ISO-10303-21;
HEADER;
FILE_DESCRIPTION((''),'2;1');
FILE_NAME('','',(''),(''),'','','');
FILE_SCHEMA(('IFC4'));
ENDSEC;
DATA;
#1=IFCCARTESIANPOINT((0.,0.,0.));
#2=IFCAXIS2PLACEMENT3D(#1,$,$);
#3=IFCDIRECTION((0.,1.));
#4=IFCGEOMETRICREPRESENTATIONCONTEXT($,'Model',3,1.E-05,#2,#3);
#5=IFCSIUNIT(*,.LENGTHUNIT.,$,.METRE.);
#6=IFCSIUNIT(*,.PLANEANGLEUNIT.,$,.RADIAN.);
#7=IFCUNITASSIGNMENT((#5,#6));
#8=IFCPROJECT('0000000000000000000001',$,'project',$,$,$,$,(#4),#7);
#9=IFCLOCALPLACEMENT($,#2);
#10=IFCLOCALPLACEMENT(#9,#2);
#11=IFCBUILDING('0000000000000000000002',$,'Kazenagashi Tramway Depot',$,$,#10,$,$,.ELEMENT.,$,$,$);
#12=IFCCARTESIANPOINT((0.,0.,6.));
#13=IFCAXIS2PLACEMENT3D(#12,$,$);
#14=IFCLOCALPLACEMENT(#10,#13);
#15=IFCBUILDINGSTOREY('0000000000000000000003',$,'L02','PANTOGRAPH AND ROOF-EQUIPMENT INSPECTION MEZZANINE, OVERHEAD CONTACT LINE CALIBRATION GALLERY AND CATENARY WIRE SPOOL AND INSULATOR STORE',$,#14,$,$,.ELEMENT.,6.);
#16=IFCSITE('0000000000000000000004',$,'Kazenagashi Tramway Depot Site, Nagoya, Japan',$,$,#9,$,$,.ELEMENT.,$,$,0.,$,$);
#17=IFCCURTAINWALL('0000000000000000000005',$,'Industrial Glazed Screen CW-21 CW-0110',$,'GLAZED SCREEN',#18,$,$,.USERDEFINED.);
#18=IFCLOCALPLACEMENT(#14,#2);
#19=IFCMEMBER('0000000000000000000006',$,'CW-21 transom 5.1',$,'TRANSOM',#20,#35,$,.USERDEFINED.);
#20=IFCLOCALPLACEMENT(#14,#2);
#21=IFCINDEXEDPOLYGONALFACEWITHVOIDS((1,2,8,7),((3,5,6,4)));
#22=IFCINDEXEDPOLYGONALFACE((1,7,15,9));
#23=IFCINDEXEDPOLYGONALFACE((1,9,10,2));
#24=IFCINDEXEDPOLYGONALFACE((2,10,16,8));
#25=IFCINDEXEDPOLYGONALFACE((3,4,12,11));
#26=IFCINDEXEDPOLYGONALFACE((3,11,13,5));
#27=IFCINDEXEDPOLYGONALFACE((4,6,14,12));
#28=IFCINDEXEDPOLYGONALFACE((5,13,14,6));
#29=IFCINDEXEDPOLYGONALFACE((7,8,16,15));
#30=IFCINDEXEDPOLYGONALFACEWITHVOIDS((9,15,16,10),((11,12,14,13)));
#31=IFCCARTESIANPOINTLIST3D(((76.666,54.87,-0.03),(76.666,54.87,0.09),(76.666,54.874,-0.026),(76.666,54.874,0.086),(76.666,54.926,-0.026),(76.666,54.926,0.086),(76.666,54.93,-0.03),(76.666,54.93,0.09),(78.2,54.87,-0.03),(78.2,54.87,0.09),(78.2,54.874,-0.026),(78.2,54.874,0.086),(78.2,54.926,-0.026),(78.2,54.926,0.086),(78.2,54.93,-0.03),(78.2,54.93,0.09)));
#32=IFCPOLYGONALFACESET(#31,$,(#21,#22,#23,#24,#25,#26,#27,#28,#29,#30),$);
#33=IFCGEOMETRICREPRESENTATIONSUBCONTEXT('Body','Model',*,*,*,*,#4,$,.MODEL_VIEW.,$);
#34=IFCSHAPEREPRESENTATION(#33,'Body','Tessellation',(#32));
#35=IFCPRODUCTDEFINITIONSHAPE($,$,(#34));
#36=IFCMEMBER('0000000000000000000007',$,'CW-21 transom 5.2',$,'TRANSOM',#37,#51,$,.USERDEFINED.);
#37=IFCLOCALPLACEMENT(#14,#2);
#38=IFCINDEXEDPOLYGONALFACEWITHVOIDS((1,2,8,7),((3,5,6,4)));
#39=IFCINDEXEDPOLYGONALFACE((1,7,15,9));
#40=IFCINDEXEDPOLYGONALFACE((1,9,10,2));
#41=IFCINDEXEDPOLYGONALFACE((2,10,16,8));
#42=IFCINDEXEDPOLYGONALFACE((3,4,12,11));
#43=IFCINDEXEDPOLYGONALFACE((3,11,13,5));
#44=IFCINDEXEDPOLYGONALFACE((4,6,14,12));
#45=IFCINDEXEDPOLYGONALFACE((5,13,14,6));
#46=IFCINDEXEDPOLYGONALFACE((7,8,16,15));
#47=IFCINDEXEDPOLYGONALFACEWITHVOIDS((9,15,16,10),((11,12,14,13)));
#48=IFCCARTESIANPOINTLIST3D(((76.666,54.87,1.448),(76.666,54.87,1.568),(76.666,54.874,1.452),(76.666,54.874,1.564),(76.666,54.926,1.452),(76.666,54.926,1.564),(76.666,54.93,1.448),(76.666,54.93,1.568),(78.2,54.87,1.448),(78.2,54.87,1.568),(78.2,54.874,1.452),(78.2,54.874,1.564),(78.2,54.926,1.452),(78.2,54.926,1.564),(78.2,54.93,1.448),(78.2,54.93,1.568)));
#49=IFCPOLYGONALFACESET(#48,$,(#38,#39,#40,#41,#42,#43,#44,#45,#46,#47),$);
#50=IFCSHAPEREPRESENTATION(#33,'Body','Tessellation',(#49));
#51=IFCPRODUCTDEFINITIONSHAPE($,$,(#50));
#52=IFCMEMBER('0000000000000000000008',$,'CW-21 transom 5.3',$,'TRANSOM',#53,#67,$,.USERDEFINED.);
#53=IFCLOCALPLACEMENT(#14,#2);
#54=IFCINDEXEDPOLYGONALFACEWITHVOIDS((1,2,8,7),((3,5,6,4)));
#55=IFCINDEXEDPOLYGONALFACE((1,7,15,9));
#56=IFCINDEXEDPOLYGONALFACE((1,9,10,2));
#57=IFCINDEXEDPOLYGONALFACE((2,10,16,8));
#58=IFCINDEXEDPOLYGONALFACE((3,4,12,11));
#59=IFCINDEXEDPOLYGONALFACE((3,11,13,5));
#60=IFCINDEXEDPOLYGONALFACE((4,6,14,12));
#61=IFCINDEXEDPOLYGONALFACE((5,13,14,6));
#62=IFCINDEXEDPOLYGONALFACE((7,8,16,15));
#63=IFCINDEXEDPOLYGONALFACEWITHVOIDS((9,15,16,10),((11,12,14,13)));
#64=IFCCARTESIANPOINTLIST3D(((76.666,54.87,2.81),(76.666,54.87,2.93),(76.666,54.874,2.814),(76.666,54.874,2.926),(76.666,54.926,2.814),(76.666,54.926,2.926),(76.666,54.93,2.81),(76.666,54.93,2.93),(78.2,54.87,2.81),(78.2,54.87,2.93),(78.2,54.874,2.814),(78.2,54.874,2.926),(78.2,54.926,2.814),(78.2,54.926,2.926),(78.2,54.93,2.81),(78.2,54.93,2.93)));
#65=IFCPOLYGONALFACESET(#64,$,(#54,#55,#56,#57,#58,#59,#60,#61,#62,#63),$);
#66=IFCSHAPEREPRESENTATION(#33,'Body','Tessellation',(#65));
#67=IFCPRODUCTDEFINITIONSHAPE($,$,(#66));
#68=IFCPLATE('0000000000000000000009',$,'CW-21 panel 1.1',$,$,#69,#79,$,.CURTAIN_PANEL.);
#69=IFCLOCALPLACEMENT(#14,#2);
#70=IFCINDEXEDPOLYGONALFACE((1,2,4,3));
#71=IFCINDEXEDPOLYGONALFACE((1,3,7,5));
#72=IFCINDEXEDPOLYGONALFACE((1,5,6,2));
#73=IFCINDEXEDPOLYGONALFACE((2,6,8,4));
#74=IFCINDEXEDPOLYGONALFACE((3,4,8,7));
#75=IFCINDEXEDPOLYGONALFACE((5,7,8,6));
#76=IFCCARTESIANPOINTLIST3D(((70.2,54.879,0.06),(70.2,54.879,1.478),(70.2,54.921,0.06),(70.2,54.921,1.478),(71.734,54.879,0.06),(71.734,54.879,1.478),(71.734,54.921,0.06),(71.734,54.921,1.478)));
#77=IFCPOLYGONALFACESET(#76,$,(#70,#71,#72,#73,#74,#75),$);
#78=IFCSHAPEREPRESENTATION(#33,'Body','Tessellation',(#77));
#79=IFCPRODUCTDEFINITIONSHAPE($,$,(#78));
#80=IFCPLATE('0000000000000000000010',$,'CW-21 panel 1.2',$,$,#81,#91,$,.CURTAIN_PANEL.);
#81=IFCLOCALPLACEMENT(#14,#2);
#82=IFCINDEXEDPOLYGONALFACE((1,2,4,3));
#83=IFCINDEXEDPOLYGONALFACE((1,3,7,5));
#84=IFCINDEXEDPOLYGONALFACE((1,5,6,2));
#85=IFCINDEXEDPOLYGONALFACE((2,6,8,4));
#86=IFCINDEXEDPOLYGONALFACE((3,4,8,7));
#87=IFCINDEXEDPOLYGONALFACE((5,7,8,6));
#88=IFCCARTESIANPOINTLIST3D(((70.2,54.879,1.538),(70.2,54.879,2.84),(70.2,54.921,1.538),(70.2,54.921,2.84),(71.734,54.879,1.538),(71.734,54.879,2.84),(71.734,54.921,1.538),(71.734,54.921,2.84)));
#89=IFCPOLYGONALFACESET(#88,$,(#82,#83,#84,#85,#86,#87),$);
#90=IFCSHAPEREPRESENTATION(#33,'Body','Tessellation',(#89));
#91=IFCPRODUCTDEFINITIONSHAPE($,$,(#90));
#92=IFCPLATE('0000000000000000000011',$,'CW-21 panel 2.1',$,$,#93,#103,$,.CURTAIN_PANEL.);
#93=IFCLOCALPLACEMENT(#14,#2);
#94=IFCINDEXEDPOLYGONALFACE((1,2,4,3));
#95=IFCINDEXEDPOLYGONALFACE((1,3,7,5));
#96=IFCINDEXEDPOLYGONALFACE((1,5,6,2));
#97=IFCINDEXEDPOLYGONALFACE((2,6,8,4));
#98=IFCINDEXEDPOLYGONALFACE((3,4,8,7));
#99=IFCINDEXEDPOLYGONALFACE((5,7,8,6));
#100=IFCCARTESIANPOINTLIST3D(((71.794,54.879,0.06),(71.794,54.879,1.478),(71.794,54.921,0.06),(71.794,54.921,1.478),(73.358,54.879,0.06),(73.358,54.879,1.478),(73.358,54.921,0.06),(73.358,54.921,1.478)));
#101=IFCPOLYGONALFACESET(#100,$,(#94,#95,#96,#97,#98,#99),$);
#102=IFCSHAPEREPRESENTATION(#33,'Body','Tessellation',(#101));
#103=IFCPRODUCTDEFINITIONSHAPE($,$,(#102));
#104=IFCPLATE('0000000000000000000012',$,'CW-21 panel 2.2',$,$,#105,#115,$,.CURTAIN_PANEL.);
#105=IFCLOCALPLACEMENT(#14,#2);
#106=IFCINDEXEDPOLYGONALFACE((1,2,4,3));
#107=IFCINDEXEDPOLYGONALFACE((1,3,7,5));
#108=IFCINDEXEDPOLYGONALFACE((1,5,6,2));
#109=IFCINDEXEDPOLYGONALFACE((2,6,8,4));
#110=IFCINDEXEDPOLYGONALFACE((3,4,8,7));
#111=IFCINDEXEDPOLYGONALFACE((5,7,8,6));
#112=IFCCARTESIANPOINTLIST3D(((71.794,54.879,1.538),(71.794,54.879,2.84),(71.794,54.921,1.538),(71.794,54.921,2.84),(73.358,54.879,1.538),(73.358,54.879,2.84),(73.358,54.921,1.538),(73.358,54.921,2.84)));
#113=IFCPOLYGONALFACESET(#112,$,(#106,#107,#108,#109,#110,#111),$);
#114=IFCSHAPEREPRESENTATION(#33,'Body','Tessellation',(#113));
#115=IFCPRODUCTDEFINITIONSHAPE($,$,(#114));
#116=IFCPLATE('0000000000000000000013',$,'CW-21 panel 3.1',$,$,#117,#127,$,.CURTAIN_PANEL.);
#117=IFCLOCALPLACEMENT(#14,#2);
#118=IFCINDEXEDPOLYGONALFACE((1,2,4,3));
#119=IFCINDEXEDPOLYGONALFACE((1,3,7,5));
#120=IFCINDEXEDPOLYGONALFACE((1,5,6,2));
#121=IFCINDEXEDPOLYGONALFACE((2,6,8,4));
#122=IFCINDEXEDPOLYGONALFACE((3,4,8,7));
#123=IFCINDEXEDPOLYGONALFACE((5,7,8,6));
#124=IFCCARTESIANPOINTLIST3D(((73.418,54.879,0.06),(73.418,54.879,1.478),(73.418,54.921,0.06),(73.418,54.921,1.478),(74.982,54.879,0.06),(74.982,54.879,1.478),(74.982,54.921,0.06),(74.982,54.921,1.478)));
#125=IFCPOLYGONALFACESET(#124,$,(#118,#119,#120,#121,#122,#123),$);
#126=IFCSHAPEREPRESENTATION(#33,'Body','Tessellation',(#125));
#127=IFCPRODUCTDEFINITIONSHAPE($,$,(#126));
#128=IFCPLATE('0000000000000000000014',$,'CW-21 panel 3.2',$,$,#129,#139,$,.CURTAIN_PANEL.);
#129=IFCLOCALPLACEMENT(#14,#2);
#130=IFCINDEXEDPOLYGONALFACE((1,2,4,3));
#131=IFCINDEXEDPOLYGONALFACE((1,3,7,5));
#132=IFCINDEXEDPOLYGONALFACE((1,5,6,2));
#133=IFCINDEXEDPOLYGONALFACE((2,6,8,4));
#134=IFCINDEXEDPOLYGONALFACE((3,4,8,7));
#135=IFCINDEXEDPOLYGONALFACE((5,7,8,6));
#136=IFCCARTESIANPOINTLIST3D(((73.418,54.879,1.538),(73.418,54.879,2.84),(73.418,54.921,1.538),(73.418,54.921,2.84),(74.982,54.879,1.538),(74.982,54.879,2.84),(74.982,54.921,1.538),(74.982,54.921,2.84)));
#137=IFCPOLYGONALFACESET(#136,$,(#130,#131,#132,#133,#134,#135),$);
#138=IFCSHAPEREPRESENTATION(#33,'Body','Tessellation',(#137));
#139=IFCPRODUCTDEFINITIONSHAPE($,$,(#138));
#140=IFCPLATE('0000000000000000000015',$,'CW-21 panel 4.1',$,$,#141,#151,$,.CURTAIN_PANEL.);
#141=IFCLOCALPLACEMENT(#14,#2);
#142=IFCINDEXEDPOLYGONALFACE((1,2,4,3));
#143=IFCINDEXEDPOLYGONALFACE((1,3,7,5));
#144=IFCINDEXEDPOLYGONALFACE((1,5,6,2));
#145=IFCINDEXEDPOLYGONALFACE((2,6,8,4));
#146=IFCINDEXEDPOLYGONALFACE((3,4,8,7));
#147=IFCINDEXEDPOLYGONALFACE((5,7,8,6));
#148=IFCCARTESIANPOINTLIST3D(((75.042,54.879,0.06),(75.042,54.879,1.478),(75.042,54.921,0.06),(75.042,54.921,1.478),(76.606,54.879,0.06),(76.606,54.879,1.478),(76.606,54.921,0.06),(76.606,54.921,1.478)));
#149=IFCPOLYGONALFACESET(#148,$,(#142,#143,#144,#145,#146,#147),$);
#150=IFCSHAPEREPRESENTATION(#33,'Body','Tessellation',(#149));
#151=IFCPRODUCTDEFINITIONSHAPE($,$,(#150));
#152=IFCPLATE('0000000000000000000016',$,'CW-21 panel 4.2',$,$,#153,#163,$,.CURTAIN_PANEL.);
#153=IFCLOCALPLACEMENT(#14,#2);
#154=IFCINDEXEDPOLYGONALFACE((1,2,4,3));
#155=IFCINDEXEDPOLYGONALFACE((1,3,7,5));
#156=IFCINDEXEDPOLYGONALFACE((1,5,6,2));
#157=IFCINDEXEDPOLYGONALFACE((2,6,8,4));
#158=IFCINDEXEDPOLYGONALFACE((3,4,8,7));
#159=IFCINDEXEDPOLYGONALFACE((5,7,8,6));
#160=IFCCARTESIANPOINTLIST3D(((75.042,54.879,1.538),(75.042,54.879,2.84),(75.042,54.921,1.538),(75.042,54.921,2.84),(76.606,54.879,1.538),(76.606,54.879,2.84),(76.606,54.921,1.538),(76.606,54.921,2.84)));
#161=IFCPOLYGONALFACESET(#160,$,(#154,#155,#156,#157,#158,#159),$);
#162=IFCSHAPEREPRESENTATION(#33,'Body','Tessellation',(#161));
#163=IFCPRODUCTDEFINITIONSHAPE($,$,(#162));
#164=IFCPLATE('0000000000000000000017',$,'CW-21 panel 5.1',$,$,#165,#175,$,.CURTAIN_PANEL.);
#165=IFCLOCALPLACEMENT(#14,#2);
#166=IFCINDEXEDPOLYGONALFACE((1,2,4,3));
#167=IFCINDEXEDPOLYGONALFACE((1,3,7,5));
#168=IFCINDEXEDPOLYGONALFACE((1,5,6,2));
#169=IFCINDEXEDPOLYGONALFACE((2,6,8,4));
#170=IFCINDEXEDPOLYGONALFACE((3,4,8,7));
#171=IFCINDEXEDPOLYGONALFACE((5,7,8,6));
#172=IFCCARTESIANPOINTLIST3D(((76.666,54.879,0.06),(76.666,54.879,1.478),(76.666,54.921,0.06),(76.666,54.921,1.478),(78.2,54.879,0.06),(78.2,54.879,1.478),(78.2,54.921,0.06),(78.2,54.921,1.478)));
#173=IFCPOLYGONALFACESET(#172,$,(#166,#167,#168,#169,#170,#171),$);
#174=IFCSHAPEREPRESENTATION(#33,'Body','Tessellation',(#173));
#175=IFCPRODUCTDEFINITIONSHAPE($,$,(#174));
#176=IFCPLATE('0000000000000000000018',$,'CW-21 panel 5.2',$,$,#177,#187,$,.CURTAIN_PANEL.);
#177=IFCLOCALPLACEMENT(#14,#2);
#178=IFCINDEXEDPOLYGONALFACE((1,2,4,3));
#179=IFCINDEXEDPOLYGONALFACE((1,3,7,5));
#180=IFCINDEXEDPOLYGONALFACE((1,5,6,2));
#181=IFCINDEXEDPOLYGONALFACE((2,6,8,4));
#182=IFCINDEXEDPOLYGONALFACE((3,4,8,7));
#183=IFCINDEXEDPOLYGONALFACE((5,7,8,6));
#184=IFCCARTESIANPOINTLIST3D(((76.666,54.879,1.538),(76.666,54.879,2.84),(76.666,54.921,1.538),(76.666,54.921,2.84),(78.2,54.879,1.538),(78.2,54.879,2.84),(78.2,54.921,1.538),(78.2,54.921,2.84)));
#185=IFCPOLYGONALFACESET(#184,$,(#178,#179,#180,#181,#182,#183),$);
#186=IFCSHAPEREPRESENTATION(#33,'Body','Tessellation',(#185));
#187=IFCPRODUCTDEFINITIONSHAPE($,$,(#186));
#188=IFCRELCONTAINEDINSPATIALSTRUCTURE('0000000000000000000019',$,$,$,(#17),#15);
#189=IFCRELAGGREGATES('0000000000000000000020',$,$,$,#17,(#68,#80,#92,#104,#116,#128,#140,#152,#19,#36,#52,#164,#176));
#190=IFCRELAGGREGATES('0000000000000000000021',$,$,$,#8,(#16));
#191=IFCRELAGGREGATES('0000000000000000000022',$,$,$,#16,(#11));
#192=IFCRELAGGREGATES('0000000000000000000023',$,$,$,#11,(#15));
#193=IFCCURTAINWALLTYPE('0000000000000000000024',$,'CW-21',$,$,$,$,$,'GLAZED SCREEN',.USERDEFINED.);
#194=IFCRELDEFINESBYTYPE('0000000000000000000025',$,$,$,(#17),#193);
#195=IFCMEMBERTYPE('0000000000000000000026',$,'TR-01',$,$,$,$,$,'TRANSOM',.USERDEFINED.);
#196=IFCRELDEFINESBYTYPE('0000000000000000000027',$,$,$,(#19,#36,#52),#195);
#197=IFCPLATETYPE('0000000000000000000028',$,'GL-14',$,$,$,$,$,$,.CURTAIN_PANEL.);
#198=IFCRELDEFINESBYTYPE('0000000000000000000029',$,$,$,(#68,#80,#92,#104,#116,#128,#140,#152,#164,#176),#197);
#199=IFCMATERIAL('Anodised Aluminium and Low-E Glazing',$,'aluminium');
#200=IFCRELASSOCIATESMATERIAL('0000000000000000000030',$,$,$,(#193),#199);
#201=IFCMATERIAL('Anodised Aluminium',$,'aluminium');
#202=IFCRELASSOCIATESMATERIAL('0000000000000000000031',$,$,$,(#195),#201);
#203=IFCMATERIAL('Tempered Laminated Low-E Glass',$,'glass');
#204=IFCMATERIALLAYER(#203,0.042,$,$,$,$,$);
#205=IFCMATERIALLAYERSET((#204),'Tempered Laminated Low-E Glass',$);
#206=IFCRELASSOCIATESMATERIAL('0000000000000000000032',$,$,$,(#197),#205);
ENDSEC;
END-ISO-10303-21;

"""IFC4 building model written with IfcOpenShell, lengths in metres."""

from ifc_helpers import new_model, si_unit, direction, frame, origin, origin_2d, place, context, subcontext, project, spatial, rectangle, hollow_rectangle, extrude, material, layer, layer_set, material_profile, profile_set, type_object, element, aggregate, save


model = new_model("IFC4")

# Units and contexts
model_context = context("Model", 3, precision=1e-05, world=origin(), true_north=direction((0.0, 1.0)))
body_context = subcontext(model_context, "Body", "Model", "MODEL_VIEW")
ifc_project = project(units=[si_unit("LENGTHUNIT", "METRE"), si_unit("PLANEANGLEUNIT", "RADIAN")], contexts=[model_context])

# Site, building, storey
site_placement = place(None, origin())
site = spatial("IfcSite", under=ifc_project, at=site_placement, Name="Kazenagashi Tramway Depot Site, Nagoya, Japan", CompositionType="ELEMENT", RefElevation=0.0)
building_placement = place(site_placement, origin())
building = spatial("IfcBuilding", under=site, at=building_placement, Name="Kazenagashi Tramway Depot", CompositionType="ELEMENT")
storey_placement = place(building_placement, frame((0.0, 0.0, 6.0)))
storey = spatial("IfcBuildingStorey", under=building, at=storey_placement, Name="L02", Description="PANTOGRAPH AND ROOF-EQUIPMENT INSPECTION MEZZANINE, OVERHEAD CONTACT LINE CALIBRATION GALLERY AND CATENARY WIRE SPOOL AND INSULATOR STORE", CompositionType="ELEMENT", Elevation=6.0)

# Curtain wall, members, plates
ifc_material_1 = material(Name="Anodised Aluminium and Low-E Glazing", Category="aluminium")
curtain_wall_type = type_object("IfcCurtainWallType", Name="CW-21", ElementType="GLAZED SCREEN", PredefinedType="USERDEFINED", material=ifc_material_1)
curtain_wall_placement = place(storey_placement, origin())
curtain_wall = element("IfcCurtainWall", 1, at=curtain_wall_placement, inside=storey, type_object=curtain_wall_type, Name="Industrial Glazed Screen CW-21 CW-0110", ObjectType="GLAZED SCREEN", PredefinedType="USERDEFINED")
ifc_material_2 = material(Name="Anodised Aluminium", Category="aluminium")
ifc_material_profile_1 = material_profile(ifc_material_2, hollow_rectangle(XDim=0.06, YDim=0.12, WallThickness=0.004, at=origin_2d()), Name="RHS-120x60x4")
ifc_profile_set_1 = profile_set([ifc_material_profile_1], Name="Anodised Aluminium")
member_type_1 = type_object("IfcMemberType", Name="TR-01", ElementType="TRANSOM", PredefinedType="USERDEFINED", material=ifc_profile_set_1)
member_1_placement = place(storey_placement, frame((76.666, 54.9, 0.03), z_axis=(1.0, 0.0, 0.0), x_axis=(0.0, 1.0, 0.0)))
member_1 = element("IfcMember", 2, at=member_1_placement, type_object=member_type_1, Name="CW-21 transom 5.1", ObjectType="TRANSOM", PredefinedType="USERDEFINED", context=body_context, shape_type="SweptSolid", body=[
    extrude(hollow_rectangle(XDim=0.06, YDim=0.12, WallThickness=0.004, at=origin_2d()), origin(), (0.0, 0.0, 1.0), 1.534),
])
member_2_placement = place(storey_placement, frame((76.666, 54.9, 1.508), z_axis=(1.0, 0.0, 0.0), x_axis=(0.0, 1.0, 0.0)))
member_2 = element("IfcMember", 3, at=member_2_placement, type_object=member_type_1, Name="CW-21 transom 5.2", ObjectType="TRANSOM", PredefinedType="USERDEFINED", context=body_context, shape_type="SweptSolid", body=[
    extrude(hollow_rectangle(XDim=0.06, YDim=0.12, WallThickness=0.004, at=origin_2d()), origin(), (0.0, 0.0, 1.0), 1.534),
])
member_3_placement = place(storey_placement, frame((76.666, 54.9, 2.87), z_axis=(1.0, 0.0, 0.0), x_axis=(0.0, 1.0, 0.0)))
member_3 = element("IfcMember", 4, at=member_3_placement, type_object=member_type_1, Name="CW-21 transom 5.3", ObjectType="TRANSOM", PredefinedType="USERDEFINED", context=body_context, shape_type="SweptSolid", body=[
    extrude(hollow_rectangle(XDim=0.06, YDim=0.12, WallThickness=0.004, at=origin_2d()), origin(), (0.0, 0.0, 1.0), 1.534),
])
ifc_material_3 = material(Name="Tempered Laminated Low-E Glass", Category="glass")
ifc_layer_1 = layer(ifc_material_3, 0.042)
ifc_layer_set_1 = layer_set([ifc_layer_1], Name="Tempered Laminated Low-E Glass")
plate_type = type_object("IfcPlateType", Name="GL-14", PredefinedType="CURTAIN_PANEL", material=ifc_layer_set_1)
plate_1_placement = place(storey_placement, frame((70.967, 54.9, 0.06), z_axis=(0.0, 0.0, 1.0), x_axis=(1.0, 0.0, 0.0)))
plate_1 = element("IfcPlate", 5, at=plate_1_placement, type_object=plate_type, Name="CW-21 panel 1.1", PredefinedType="CURTAIN_PANEL", context=body_context, shape_type="SweptSolid", body=[
    extrude(rectangle(XDim=1.534, YDim=0.042, at=origin_2d()), origin(), (0.0, 0.0, 1.0), 1.418),
])
plate_2_placement = place(storey_placement, frame((70.967, 54.9, 1.538), z_axis=(0.0, 0.0, 1.0), x_axis=(1.0, 0.0, 0.0)))
plate_2 = element("IfcPlate", 6, at=plate_2_placement, type_object=plate_type, Name="CW-21 panel 1.2", PredefinedType="CURTAIN_PANEL", context=body_context, shape_type="SweptSolid", body=[
    extrude(rectangle(XDim=1.534, YDim=0.042, at=origin_2d()), origin(), (0.0, 0.0, 1.0), 1.302),
])
plate_3_placement = place(storey_placement, frame((72.576, 54.9, 0.06), z_axis=(0.0, 0.0, 1.0), x_axis=(1.0, 0.0, 0.0)))
plate_3 = element("IfcPlate", 7, at=plate_3_placement, type_object=plate_type, Name="CW-21 panel 2.1", PredefinedType="CURTAIN_PANEL", context=body_context, shape_type="SweptSolid", body=[
    extrude(rectangle(XDim=1.564, YDim=0.042, at=origin_2d()), origin(), (0.0, 0.0, 1.0), 1.418),
])
plate_4_placement = place(storey_placement, frame((72.576, 54.9, 1.538), z_axis=(0.0, 0.0, 1.0), x_axis=(1.0, 0.0, 0.0)))
plate_4 = element("IfcPlate", 8, at=plate_4_placement, type_object=plate_type, Name="CW-21 panel 2.2", PredefinedType="CURTAIN_PANEL", context=body_context, shape_type="SweptSolid", body=[
    extrude(rectangle(XDim=1.564, YDim=0.042, at=origin_2d()), origin(), (0.0, 0.0, 1.0), 1.302),
])
plate_5_placement = place(storey_placement, frame((74.2, 54.9, 0.06), z_axis=(0.0, 0.0, 1.0), x_axis=(1.0, 0.0, 0.0)))
plate_5 = element("IfcPlate", 9, at=plate_5_placement, type_object=plate_type, Name="CW-21 panel 3.1", PredefinedType="CURTAIN_PANEL", context=body_context, shape_type="SweptSolid", body=[
    extrude(rectangle(XDim=1.564, YDim=0.042, at=origin_2d()), origin(), (0.0, 0.0, 1.0), 1.418),
])
plate_6_placement = place(storey_placement, frame((74.2, 54.9, 1.538), z_axis=(0.0, 0.0, 1.0), x_axis=(1.0, 0.0, 0.0)))
plate_6 = element("IfcPlate", 10, at=plate_6_placement, type_object=plate_type, Name="CW-21 panel 3.2", PredefinedType="CURTAIN_PANEL", context=body_context, shape_type="SweptSolid", body=[
    extrude(rectangle(XDim=1.564, YDim=0.042, at=origin_2d()), origin(), (0.0, 0.0, 1.0), 1.302),
])
plate_7_placement = place(storey_placement, frame((75.824, 54.9, 0.06), z_axis=(0.0, 0.0, 1.0), x_axis=(1.0, 0.0, 0.0)))
plate_7 = element("IfcPlate", 11, at=plate_7_placement, type_object=plate_type, Name="CW-21 panel 4.1", PredefinedType="CURTAIN_PANEL", context=body_context, shape_type="SweptSolid", body=[
    extrude(rectangle(XDim=1.564, YDim=0.042, at=origin_2d()), origin(), (0.0, 0.0, 1.0), 1.418),
])
plate_8_placement = place(storey_placement, frame((75.824, 54.9, 1.538), z_axis=(0.0, 0.0, 1.0), x_axis=(1.0, 0.0, 0.0)))
plate_8 = element("IfcPlate", 12, at=plate_8_placement, type_object=plate_type, Name="CW-21 panel 4.2", PredefinedType="CURTAIN_PANEL", context=body_context, shape_type="SweptSolid", body=[
    extrude(rectangle(XDim=1.564, YDim=0.042, at=origin_2d()), origin(), (0.0, 0.0, 1.0), 1.302),
])
plate_9_placement = place(storey_placement, frame((77.433, 54.9, 0.06), z_axis=(0.0, 0.0, 1.0), x_axis=(1.0, 0.0, 0.0)))
plate_9 = element("IfcPlate", 13, at=plate_9_placement, type_object=plate_type, Name="CW-21 panel 5.1", PredefinedType="CURTAIN_PANEL", context=body_context, shape_type="SweptSolid", body=[
    extrude(rectangle(XDim=1.534, YDim=0.042, at=origin_2d()), origin(), (0.0, 0.0, 1.0), 1.418),
])
plate_10_placement = place(storey_placement, frame((77.433, 54.9, 1.538), z_axis=(0.0, 0.0, 1.0), x_axis=(1.0, 0.0, 0.0)))
plate_10 = element("IfcPlate", 14, at=plate_10_placement, type_object=plate_type, Name="CW-21 panel 5.2", PredefinedType="CURTAIN_PANEL", context=body_context, shape_type="SweptSolid", body=[
    extrude(rectangle(XDim=1.534, YDim=0.042, at=origin_2d()), origin(), (0.0, 0.0, 1.0), 1.302),
])
aggregate(curtain_wall, [plate_1, plate_2, plate_3, plate_4, plate_5, plate_6, plate_7, plate_8, member_1, member_2, member_3, plate_9, plate_10])

save(model, "model.ifc")
